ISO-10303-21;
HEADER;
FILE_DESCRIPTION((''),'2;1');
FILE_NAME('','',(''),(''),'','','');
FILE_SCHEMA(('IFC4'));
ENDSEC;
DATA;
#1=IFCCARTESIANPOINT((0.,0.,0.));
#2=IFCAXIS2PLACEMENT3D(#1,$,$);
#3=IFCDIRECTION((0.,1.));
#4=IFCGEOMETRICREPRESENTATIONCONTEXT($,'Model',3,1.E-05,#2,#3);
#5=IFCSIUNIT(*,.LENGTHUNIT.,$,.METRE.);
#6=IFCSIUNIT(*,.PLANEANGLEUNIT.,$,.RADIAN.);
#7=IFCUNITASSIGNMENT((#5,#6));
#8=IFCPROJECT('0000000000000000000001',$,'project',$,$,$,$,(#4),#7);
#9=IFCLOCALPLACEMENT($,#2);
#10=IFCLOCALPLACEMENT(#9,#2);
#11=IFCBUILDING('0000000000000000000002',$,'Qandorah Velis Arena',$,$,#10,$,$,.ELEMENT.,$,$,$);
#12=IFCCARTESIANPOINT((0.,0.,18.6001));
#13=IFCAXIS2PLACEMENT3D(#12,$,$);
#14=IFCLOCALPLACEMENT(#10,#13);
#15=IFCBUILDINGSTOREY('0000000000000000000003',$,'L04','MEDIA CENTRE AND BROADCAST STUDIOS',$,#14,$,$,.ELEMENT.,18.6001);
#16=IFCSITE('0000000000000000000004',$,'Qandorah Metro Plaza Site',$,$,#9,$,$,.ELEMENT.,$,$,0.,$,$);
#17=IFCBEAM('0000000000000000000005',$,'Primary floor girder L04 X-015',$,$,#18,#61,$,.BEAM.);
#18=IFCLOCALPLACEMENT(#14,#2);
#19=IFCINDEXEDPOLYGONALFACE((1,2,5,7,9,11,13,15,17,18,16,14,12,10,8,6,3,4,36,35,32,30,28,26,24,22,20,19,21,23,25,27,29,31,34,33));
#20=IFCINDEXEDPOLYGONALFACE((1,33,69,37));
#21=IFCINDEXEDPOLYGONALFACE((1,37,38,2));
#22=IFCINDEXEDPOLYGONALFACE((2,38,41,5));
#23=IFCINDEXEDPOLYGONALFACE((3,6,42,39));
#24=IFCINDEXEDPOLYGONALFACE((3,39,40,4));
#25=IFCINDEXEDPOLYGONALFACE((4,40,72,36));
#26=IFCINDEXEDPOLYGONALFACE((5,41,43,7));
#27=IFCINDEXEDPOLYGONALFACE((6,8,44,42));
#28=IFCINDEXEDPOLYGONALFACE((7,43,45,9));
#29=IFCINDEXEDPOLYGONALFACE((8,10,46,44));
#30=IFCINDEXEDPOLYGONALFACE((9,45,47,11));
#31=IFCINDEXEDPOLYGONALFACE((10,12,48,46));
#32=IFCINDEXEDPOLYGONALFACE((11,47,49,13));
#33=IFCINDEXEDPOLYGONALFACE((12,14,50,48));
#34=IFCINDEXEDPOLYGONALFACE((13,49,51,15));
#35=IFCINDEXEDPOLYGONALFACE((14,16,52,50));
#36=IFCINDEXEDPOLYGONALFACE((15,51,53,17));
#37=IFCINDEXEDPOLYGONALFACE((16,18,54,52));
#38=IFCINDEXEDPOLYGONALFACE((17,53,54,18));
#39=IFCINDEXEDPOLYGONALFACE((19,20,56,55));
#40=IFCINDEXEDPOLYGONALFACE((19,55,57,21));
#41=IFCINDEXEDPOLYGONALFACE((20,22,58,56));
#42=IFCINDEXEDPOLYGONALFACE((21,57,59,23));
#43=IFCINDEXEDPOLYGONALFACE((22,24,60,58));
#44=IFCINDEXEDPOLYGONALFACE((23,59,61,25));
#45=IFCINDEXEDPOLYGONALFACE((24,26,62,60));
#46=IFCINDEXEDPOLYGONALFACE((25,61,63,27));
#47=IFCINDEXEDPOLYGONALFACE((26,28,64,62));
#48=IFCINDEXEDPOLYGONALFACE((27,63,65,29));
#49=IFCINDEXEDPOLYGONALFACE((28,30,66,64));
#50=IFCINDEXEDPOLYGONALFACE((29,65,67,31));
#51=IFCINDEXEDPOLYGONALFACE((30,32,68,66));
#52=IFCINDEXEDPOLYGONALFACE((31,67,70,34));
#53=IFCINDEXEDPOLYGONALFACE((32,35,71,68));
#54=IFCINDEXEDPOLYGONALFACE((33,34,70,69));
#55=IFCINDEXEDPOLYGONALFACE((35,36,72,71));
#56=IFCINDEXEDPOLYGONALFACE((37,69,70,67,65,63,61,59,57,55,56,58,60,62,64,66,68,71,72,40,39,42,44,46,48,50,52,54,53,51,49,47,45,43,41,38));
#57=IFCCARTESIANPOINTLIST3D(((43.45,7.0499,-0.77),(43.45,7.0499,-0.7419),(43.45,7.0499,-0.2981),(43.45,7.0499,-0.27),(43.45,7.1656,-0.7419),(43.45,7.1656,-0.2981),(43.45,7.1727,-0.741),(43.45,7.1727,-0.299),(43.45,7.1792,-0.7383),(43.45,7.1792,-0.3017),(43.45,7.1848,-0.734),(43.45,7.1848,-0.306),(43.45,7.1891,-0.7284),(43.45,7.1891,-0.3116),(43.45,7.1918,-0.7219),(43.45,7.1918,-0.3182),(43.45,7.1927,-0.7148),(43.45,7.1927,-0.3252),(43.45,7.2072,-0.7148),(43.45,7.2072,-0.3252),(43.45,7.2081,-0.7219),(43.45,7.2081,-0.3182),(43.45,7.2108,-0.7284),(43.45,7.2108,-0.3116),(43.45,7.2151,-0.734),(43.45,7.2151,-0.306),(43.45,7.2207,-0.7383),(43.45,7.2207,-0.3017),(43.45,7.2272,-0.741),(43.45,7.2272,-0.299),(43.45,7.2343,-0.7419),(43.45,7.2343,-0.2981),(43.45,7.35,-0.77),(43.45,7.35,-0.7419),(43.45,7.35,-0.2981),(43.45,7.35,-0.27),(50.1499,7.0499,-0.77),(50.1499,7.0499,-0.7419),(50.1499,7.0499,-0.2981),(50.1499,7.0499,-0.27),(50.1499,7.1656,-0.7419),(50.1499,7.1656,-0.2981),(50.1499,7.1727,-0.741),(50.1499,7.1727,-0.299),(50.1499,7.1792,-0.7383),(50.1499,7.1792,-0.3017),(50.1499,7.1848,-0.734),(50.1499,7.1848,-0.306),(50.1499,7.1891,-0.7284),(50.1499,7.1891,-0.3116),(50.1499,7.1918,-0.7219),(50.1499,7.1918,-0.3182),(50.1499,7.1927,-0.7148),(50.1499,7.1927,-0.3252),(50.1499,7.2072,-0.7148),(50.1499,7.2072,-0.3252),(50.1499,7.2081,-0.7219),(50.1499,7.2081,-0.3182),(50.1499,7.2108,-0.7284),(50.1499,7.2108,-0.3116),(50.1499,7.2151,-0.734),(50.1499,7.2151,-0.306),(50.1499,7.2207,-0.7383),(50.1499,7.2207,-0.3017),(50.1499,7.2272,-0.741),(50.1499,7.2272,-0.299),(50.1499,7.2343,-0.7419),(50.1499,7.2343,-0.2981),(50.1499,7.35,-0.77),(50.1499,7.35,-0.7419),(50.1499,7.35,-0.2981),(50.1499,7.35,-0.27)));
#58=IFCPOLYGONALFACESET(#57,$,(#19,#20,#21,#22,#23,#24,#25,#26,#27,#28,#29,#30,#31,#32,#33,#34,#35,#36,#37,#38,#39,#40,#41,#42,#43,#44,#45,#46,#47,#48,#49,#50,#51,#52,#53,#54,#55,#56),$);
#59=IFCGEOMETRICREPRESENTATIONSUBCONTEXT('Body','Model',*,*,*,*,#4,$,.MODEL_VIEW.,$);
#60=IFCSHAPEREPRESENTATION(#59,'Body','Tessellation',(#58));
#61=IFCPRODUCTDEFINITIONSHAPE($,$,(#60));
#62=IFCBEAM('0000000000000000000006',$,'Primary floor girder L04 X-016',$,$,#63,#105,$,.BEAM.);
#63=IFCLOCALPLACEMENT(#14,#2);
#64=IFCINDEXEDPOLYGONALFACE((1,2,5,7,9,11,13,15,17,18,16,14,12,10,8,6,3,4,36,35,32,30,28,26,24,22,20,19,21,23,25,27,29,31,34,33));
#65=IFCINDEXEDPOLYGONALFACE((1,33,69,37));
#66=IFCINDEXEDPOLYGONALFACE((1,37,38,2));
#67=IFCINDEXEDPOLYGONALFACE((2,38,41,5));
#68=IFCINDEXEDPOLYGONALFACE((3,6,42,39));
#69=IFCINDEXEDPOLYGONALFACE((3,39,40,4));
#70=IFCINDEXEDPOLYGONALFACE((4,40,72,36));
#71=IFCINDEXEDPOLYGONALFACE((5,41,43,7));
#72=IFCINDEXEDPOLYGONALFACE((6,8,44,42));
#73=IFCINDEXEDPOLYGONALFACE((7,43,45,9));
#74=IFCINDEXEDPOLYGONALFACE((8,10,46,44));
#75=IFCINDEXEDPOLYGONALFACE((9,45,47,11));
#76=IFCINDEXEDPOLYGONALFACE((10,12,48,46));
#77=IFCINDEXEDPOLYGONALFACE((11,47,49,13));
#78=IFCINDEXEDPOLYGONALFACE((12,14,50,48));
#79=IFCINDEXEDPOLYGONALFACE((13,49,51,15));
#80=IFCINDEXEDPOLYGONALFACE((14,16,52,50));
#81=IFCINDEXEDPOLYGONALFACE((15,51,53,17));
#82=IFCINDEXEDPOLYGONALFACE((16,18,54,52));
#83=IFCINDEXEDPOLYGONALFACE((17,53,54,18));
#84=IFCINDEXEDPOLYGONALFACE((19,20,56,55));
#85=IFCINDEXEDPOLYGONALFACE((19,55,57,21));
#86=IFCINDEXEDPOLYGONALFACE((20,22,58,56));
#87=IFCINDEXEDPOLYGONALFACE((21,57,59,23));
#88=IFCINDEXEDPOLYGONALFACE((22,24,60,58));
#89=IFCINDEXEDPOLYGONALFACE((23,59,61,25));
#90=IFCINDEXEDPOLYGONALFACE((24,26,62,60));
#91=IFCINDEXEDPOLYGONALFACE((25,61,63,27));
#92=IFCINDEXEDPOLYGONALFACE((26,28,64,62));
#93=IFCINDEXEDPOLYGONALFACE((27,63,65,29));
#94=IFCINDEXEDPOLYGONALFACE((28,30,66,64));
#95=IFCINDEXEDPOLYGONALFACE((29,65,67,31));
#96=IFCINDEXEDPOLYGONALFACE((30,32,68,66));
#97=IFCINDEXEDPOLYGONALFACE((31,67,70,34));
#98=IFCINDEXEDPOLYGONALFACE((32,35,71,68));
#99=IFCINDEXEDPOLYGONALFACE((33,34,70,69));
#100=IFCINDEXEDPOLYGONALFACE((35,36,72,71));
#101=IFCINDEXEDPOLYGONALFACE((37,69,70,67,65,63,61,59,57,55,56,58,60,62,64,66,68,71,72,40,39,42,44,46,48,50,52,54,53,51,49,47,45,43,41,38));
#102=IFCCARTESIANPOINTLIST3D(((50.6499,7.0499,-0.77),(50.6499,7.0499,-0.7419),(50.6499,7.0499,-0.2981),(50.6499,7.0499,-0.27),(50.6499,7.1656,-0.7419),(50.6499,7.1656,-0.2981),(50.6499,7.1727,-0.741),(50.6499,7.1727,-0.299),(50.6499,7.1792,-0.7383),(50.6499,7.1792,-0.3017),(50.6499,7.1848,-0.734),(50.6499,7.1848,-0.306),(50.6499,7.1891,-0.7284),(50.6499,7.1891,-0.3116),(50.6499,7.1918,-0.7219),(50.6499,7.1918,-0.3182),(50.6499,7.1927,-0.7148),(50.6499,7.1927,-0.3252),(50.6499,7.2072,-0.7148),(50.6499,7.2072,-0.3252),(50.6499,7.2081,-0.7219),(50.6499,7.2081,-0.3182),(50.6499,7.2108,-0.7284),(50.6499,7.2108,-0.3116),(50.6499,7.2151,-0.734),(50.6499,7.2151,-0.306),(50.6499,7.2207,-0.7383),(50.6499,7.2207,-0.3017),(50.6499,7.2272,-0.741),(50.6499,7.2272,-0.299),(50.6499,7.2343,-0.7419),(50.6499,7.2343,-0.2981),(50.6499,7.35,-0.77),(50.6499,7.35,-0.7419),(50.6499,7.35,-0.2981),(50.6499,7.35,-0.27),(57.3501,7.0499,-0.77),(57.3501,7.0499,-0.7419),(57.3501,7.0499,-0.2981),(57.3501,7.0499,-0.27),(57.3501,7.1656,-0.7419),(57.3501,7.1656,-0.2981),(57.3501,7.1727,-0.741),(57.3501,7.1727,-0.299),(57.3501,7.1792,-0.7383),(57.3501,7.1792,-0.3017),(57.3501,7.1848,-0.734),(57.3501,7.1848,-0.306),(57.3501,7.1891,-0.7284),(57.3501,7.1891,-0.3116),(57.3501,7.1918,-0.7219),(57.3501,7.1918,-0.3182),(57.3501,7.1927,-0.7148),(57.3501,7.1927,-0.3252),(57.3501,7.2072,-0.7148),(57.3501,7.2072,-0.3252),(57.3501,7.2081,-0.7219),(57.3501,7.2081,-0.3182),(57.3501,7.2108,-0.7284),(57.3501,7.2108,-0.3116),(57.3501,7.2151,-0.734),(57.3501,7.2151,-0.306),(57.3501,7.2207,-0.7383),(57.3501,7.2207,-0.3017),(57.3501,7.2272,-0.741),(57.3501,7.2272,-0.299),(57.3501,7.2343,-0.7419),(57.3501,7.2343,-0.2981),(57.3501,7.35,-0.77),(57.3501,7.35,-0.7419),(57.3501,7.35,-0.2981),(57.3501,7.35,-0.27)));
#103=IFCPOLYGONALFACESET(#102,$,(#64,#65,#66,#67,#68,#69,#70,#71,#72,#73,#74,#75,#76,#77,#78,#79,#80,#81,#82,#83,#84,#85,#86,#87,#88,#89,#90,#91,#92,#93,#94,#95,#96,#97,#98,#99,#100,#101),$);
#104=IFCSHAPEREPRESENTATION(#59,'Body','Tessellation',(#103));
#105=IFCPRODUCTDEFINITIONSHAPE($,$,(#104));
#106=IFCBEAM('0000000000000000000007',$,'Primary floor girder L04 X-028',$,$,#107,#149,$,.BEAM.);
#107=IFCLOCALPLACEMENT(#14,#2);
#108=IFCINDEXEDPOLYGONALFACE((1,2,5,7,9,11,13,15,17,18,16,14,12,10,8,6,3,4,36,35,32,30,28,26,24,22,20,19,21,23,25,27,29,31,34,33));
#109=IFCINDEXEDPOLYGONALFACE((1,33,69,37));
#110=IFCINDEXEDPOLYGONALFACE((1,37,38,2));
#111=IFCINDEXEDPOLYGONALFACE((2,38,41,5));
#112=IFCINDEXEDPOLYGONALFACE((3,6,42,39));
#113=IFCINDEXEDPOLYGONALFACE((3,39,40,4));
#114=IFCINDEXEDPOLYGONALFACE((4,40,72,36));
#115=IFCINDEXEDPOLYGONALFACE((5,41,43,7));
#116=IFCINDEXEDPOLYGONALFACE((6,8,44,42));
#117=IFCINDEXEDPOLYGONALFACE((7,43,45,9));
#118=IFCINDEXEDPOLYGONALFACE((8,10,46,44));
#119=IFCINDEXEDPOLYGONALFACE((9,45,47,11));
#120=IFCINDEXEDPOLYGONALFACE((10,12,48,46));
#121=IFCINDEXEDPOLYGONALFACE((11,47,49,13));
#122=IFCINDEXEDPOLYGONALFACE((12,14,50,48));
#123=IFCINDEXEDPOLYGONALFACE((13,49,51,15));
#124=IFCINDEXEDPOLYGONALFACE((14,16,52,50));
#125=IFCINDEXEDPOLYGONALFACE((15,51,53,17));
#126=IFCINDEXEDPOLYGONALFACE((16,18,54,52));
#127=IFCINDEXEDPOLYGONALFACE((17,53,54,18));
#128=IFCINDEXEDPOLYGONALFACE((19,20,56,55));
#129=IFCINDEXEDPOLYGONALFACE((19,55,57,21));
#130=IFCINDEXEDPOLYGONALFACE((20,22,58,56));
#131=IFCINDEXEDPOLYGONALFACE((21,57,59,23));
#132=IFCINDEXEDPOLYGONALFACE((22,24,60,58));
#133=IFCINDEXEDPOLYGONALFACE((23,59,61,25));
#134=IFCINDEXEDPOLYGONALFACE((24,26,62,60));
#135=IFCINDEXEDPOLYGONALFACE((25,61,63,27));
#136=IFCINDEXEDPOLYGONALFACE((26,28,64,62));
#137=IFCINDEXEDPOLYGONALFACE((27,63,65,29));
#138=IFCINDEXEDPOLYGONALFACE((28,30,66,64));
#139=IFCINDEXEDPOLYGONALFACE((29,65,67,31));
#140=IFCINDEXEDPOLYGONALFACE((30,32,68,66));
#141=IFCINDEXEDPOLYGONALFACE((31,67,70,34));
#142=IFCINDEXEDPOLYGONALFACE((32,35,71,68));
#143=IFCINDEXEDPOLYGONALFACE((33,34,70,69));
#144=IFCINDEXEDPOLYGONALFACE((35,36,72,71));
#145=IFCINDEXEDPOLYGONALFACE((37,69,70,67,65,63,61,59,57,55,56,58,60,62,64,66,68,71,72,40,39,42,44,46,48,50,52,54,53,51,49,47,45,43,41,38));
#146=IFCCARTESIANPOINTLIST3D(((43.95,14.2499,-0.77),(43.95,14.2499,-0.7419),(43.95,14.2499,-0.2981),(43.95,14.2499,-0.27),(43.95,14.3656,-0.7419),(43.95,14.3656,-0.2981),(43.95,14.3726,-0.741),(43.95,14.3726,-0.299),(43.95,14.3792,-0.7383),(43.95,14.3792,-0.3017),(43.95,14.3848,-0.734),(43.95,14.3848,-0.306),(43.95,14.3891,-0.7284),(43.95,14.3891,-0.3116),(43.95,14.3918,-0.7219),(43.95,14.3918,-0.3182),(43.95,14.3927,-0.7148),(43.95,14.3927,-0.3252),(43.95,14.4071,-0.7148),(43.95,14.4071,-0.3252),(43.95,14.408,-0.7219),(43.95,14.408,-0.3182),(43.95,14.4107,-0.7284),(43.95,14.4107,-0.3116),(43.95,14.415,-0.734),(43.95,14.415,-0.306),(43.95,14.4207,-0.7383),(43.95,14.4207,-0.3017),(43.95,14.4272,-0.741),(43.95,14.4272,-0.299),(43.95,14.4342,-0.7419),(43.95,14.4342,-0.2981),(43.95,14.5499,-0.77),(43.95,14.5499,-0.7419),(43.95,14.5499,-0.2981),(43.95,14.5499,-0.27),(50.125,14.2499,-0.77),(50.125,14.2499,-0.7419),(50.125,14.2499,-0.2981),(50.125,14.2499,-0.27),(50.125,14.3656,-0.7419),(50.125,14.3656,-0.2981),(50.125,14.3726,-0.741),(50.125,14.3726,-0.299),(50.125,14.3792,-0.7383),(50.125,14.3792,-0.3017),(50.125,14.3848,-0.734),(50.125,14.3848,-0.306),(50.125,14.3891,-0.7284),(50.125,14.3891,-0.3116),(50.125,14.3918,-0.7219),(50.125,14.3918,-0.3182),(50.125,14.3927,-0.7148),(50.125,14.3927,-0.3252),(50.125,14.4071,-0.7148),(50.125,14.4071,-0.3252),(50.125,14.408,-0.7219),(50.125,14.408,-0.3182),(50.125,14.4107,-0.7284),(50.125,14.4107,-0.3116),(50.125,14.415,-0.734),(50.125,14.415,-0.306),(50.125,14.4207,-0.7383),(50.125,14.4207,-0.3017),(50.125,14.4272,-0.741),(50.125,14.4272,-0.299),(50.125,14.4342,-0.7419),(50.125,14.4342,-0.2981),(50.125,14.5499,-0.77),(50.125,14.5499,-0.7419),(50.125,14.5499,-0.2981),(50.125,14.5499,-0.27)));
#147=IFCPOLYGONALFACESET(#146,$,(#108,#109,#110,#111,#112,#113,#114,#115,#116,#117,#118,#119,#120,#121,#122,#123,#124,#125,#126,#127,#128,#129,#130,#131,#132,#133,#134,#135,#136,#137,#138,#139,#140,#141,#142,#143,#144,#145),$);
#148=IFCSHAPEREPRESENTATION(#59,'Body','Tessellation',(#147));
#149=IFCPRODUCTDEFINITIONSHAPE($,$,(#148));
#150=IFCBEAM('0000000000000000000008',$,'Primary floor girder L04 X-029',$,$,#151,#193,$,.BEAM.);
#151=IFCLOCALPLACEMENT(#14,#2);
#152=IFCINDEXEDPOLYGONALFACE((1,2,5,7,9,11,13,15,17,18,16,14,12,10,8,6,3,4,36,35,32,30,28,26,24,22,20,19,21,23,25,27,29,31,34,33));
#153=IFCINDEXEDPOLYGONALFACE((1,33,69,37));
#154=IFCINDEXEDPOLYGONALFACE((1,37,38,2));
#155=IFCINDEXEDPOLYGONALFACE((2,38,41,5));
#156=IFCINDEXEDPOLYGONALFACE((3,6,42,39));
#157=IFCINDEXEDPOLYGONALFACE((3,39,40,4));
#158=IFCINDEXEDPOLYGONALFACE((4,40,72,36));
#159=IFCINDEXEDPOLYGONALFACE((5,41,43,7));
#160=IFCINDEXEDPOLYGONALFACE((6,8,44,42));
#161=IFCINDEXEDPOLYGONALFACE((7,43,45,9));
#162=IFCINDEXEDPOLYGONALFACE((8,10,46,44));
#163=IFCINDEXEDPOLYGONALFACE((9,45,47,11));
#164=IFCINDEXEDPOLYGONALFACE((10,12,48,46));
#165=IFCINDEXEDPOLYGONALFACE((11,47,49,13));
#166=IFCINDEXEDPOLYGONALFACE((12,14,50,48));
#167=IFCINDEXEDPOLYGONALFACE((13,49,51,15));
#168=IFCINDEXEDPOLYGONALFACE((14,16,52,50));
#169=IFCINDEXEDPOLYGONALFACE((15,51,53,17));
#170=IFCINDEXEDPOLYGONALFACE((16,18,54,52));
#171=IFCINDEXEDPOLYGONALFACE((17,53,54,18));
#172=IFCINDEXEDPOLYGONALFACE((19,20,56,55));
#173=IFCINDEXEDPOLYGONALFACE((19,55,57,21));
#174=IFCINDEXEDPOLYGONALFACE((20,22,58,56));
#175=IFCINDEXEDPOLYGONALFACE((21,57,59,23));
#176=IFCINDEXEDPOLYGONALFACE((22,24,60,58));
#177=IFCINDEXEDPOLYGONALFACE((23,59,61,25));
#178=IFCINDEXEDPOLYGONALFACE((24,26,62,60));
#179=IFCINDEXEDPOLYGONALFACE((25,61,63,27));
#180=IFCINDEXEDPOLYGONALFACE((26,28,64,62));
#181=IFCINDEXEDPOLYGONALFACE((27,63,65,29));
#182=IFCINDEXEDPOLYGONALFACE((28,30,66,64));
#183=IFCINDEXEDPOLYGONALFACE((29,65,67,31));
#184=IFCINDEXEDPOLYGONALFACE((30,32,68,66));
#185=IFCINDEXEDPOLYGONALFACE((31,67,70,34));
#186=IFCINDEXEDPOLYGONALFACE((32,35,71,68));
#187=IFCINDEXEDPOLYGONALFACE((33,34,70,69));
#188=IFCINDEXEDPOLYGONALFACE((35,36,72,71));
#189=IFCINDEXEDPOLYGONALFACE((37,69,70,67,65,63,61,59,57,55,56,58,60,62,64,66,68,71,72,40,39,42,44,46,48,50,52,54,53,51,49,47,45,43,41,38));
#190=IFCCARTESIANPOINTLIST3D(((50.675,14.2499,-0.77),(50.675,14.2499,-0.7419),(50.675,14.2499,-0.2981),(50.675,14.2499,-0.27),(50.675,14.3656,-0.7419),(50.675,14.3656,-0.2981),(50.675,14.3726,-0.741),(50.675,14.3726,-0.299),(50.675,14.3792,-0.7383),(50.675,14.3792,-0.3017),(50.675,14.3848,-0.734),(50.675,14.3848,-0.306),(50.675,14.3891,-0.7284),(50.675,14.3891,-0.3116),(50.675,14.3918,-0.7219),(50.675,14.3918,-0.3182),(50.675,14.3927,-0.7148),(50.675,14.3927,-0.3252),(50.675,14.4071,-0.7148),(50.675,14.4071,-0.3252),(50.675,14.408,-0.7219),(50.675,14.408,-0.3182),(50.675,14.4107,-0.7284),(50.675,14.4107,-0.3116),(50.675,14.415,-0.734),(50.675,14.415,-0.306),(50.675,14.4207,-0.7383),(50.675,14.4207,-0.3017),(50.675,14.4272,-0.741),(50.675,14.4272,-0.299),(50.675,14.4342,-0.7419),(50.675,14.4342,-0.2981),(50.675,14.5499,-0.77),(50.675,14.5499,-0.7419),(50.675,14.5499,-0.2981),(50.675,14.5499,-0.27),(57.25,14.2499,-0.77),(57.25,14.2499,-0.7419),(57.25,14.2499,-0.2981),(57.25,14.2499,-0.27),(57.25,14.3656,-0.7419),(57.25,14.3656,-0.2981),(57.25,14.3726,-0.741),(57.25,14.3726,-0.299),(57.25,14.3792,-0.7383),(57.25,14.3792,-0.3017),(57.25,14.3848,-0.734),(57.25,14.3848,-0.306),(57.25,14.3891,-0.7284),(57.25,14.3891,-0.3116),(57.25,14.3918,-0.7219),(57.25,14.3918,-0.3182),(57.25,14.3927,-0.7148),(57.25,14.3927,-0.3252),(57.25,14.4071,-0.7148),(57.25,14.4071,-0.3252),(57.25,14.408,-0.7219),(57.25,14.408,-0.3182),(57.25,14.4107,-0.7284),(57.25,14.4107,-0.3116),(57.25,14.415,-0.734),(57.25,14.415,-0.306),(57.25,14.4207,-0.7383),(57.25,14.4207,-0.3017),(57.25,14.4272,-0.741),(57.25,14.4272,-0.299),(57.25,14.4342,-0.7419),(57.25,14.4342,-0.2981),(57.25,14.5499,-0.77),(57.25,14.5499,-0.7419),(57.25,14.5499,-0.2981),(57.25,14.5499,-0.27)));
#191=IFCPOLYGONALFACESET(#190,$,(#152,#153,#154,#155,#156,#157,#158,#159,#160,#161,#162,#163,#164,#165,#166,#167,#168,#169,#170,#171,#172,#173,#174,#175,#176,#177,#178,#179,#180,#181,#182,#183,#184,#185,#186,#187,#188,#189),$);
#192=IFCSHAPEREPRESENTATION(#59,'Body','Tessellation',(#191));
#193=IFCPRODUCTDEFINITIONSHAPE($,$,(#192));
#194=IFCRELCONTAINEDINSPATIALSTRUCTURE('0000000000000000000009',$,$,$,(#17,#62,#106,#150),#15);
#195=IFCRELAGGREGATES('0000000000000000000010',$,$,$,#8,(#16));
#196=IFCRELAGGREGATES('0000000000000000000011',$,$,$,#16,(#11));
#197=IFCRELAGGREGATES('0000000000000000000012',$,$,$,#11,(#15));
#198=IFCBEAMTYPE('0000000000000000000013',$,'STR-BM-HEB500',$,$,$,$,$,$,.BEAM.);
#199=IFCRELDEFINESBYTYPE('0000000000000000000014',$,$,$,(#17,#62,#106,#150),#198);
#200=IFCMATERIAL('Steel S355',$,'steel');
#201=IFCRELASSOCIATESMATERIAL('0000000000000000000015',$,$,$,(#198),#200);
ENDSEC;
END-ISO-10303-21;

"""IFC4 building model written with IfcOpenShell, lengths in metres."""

from ifc_helpers import new_model, si_unit, direction, frame, origin, origin_2d, place, context, subcontext, project, spatial, i_section, extrude, material, material_profile, profile_set, type_object, element, save


model = new_model("IFC4")

# Units and contexts
model_context = context("Model", 3, precision=1e-05, world=origin(), true_north=direction((0.0, 1.0)))
body_context = subcontext(model_context, "Body", "Model", "MODEL_VIEW")
ifc_project = project(units=[si_unit("LENGTHUNIT", "METRE"), si_unit("PLANEANGLEUNIT", "RADIAN")], contexts=[model_context])

# Site, building, storey
site_placement = place(None, origin())
site = spatial("IfcSite", under=ifc_project, at=site_placement, Name="Qandorah Metro Plaza Site", CompositionType="ELEMENT", RefElevation=0.0)
building_placement = place(site_placement, origin())
building = spatial("IfcBuilding", under=site, at=building_placement, Name="Qandorah Velis Arena", CompositionType="ELEMENT")
storey_placement = place(building_placement, frame((0.0, 0.0, 18.6001)))
storey = spatial("IfcBuildingStorey", under=building, at=storey_placement, Name="L04", Description="MEDIA CENTRE AND BROADCAST STUDIOS", CompositionType="ELEMENT", Elevation=18.6001)

# Shared definitions
ifc_material_1 = material(Name="Steel S355", Category="steel")

# Beams
ifc_material_profile_1 = material_profile(ifc_material_1, i_section(OverallWidth=0.3, OverallDepth=0.5, WebThickness=0.0144, FlangeThickness=0.0281, FilletRadius=0.0271, at=origin_2d()), Name="HEB 500")
ifc_profile_set_1 = profile_set([ifc_material_profile_1], Name="Steel S355")
beam_type_1 = type_object("IfcBeamType", Name="STR-BM-HEB500", PredefinedType="BEAM", material=ifc_profile_set_1)
beam_1_placement = place(storey_placement, frame((43.45, 7.2, -0.52), z_axis=(1.0, 0.0, 0.0), x_axis=(0.0, 1.0, 0.0)))
element("IfcBeam", 1, at=beam_1_placement, inside=storey, type_object=beam_type_1, Name="Primary floor girder L04 X-015", PredefinedType="BEAM", context=body_context, shape_type="SweptSolid", body=[
    extrude(i_section(OverallWidth=0.3, OverallDepth=0.5, WebThickness=0.0144, FlangeThickness=0.0281, FilletRadius=0.0271, at=origin_2d()), origin(), (0.0, 0.0, 1.0), 6.7),
])
beam_2_placement = place(storey_placement, frame((50.6499, 7.2, -0.52), z_axis=(1.0, 0.0, 0.0), x_axis=(0.0, 1.0, 0.0)))
element("IfcBeam", 2, at=beam_2_placement, inside=storey, type_object=beam_type_1, Name="Primary floor girder L04 X-016", PredefinedType="BEAM", context=body_context, shape_type="SweptSolid", body=[
    extrude(i_section(OverallWidth=0.3, OverallDepth=0.5, WebThickness=0.0144, FlangeThickness=0.0281, FilletRadius=0.0271, at=origin_2d()), origin(), (0.0, 0.0, 1.0), 6.7002),
])
beam_3_placement = place(storey_placement, frame((43.95, 14.3999, -0.52), z_axis=(1.0, 0.0, 0.0), x_axis=(0.0, 1.0, 0.0)))
element("IfcBeam", 3, at=beam_3_placement, inside=storey, type_object=beam_type_1, Name="Primary floor girder L04 X-028", PredefinedType="BEAM", context=body_context, shape_type="SweptSolid", body=[
    extrude(i_section(OverallWidth=0.3, OverallDepth=0.5, WebThickness=0.0144, FlangeThickness=0.0281, FilletRadius=0.0271, at=origin_2d()), origin(), (0.0, 0.0, 1.0), 6.175),
])
beam_4_placement = place(storey_placement, frame((50.675, 14.3999, -0.52), z_axis=(1.0, 0.0, 0.0), x_axis=(0.0, 1.0, 0.0)))
element("IfcBeam", 4, at=beam_4_placement, inside=storey, type_object=beam_type_1, Name="Primary floor girder L04 X-029", PredefinedType="BEAM", context=body_context, shape_type="SweptSolid", body=[
    extrude(i_section(OverallWidth=0.3, OverallDepth=0.5, WebThickness=0.0144, FlangeThickness=0.0281, FilletRadius=0.0271, at=origin_2d()), origin(), (0.0, 0.0, 1.0), 6.575),
])

save(model, "model.ifc")
